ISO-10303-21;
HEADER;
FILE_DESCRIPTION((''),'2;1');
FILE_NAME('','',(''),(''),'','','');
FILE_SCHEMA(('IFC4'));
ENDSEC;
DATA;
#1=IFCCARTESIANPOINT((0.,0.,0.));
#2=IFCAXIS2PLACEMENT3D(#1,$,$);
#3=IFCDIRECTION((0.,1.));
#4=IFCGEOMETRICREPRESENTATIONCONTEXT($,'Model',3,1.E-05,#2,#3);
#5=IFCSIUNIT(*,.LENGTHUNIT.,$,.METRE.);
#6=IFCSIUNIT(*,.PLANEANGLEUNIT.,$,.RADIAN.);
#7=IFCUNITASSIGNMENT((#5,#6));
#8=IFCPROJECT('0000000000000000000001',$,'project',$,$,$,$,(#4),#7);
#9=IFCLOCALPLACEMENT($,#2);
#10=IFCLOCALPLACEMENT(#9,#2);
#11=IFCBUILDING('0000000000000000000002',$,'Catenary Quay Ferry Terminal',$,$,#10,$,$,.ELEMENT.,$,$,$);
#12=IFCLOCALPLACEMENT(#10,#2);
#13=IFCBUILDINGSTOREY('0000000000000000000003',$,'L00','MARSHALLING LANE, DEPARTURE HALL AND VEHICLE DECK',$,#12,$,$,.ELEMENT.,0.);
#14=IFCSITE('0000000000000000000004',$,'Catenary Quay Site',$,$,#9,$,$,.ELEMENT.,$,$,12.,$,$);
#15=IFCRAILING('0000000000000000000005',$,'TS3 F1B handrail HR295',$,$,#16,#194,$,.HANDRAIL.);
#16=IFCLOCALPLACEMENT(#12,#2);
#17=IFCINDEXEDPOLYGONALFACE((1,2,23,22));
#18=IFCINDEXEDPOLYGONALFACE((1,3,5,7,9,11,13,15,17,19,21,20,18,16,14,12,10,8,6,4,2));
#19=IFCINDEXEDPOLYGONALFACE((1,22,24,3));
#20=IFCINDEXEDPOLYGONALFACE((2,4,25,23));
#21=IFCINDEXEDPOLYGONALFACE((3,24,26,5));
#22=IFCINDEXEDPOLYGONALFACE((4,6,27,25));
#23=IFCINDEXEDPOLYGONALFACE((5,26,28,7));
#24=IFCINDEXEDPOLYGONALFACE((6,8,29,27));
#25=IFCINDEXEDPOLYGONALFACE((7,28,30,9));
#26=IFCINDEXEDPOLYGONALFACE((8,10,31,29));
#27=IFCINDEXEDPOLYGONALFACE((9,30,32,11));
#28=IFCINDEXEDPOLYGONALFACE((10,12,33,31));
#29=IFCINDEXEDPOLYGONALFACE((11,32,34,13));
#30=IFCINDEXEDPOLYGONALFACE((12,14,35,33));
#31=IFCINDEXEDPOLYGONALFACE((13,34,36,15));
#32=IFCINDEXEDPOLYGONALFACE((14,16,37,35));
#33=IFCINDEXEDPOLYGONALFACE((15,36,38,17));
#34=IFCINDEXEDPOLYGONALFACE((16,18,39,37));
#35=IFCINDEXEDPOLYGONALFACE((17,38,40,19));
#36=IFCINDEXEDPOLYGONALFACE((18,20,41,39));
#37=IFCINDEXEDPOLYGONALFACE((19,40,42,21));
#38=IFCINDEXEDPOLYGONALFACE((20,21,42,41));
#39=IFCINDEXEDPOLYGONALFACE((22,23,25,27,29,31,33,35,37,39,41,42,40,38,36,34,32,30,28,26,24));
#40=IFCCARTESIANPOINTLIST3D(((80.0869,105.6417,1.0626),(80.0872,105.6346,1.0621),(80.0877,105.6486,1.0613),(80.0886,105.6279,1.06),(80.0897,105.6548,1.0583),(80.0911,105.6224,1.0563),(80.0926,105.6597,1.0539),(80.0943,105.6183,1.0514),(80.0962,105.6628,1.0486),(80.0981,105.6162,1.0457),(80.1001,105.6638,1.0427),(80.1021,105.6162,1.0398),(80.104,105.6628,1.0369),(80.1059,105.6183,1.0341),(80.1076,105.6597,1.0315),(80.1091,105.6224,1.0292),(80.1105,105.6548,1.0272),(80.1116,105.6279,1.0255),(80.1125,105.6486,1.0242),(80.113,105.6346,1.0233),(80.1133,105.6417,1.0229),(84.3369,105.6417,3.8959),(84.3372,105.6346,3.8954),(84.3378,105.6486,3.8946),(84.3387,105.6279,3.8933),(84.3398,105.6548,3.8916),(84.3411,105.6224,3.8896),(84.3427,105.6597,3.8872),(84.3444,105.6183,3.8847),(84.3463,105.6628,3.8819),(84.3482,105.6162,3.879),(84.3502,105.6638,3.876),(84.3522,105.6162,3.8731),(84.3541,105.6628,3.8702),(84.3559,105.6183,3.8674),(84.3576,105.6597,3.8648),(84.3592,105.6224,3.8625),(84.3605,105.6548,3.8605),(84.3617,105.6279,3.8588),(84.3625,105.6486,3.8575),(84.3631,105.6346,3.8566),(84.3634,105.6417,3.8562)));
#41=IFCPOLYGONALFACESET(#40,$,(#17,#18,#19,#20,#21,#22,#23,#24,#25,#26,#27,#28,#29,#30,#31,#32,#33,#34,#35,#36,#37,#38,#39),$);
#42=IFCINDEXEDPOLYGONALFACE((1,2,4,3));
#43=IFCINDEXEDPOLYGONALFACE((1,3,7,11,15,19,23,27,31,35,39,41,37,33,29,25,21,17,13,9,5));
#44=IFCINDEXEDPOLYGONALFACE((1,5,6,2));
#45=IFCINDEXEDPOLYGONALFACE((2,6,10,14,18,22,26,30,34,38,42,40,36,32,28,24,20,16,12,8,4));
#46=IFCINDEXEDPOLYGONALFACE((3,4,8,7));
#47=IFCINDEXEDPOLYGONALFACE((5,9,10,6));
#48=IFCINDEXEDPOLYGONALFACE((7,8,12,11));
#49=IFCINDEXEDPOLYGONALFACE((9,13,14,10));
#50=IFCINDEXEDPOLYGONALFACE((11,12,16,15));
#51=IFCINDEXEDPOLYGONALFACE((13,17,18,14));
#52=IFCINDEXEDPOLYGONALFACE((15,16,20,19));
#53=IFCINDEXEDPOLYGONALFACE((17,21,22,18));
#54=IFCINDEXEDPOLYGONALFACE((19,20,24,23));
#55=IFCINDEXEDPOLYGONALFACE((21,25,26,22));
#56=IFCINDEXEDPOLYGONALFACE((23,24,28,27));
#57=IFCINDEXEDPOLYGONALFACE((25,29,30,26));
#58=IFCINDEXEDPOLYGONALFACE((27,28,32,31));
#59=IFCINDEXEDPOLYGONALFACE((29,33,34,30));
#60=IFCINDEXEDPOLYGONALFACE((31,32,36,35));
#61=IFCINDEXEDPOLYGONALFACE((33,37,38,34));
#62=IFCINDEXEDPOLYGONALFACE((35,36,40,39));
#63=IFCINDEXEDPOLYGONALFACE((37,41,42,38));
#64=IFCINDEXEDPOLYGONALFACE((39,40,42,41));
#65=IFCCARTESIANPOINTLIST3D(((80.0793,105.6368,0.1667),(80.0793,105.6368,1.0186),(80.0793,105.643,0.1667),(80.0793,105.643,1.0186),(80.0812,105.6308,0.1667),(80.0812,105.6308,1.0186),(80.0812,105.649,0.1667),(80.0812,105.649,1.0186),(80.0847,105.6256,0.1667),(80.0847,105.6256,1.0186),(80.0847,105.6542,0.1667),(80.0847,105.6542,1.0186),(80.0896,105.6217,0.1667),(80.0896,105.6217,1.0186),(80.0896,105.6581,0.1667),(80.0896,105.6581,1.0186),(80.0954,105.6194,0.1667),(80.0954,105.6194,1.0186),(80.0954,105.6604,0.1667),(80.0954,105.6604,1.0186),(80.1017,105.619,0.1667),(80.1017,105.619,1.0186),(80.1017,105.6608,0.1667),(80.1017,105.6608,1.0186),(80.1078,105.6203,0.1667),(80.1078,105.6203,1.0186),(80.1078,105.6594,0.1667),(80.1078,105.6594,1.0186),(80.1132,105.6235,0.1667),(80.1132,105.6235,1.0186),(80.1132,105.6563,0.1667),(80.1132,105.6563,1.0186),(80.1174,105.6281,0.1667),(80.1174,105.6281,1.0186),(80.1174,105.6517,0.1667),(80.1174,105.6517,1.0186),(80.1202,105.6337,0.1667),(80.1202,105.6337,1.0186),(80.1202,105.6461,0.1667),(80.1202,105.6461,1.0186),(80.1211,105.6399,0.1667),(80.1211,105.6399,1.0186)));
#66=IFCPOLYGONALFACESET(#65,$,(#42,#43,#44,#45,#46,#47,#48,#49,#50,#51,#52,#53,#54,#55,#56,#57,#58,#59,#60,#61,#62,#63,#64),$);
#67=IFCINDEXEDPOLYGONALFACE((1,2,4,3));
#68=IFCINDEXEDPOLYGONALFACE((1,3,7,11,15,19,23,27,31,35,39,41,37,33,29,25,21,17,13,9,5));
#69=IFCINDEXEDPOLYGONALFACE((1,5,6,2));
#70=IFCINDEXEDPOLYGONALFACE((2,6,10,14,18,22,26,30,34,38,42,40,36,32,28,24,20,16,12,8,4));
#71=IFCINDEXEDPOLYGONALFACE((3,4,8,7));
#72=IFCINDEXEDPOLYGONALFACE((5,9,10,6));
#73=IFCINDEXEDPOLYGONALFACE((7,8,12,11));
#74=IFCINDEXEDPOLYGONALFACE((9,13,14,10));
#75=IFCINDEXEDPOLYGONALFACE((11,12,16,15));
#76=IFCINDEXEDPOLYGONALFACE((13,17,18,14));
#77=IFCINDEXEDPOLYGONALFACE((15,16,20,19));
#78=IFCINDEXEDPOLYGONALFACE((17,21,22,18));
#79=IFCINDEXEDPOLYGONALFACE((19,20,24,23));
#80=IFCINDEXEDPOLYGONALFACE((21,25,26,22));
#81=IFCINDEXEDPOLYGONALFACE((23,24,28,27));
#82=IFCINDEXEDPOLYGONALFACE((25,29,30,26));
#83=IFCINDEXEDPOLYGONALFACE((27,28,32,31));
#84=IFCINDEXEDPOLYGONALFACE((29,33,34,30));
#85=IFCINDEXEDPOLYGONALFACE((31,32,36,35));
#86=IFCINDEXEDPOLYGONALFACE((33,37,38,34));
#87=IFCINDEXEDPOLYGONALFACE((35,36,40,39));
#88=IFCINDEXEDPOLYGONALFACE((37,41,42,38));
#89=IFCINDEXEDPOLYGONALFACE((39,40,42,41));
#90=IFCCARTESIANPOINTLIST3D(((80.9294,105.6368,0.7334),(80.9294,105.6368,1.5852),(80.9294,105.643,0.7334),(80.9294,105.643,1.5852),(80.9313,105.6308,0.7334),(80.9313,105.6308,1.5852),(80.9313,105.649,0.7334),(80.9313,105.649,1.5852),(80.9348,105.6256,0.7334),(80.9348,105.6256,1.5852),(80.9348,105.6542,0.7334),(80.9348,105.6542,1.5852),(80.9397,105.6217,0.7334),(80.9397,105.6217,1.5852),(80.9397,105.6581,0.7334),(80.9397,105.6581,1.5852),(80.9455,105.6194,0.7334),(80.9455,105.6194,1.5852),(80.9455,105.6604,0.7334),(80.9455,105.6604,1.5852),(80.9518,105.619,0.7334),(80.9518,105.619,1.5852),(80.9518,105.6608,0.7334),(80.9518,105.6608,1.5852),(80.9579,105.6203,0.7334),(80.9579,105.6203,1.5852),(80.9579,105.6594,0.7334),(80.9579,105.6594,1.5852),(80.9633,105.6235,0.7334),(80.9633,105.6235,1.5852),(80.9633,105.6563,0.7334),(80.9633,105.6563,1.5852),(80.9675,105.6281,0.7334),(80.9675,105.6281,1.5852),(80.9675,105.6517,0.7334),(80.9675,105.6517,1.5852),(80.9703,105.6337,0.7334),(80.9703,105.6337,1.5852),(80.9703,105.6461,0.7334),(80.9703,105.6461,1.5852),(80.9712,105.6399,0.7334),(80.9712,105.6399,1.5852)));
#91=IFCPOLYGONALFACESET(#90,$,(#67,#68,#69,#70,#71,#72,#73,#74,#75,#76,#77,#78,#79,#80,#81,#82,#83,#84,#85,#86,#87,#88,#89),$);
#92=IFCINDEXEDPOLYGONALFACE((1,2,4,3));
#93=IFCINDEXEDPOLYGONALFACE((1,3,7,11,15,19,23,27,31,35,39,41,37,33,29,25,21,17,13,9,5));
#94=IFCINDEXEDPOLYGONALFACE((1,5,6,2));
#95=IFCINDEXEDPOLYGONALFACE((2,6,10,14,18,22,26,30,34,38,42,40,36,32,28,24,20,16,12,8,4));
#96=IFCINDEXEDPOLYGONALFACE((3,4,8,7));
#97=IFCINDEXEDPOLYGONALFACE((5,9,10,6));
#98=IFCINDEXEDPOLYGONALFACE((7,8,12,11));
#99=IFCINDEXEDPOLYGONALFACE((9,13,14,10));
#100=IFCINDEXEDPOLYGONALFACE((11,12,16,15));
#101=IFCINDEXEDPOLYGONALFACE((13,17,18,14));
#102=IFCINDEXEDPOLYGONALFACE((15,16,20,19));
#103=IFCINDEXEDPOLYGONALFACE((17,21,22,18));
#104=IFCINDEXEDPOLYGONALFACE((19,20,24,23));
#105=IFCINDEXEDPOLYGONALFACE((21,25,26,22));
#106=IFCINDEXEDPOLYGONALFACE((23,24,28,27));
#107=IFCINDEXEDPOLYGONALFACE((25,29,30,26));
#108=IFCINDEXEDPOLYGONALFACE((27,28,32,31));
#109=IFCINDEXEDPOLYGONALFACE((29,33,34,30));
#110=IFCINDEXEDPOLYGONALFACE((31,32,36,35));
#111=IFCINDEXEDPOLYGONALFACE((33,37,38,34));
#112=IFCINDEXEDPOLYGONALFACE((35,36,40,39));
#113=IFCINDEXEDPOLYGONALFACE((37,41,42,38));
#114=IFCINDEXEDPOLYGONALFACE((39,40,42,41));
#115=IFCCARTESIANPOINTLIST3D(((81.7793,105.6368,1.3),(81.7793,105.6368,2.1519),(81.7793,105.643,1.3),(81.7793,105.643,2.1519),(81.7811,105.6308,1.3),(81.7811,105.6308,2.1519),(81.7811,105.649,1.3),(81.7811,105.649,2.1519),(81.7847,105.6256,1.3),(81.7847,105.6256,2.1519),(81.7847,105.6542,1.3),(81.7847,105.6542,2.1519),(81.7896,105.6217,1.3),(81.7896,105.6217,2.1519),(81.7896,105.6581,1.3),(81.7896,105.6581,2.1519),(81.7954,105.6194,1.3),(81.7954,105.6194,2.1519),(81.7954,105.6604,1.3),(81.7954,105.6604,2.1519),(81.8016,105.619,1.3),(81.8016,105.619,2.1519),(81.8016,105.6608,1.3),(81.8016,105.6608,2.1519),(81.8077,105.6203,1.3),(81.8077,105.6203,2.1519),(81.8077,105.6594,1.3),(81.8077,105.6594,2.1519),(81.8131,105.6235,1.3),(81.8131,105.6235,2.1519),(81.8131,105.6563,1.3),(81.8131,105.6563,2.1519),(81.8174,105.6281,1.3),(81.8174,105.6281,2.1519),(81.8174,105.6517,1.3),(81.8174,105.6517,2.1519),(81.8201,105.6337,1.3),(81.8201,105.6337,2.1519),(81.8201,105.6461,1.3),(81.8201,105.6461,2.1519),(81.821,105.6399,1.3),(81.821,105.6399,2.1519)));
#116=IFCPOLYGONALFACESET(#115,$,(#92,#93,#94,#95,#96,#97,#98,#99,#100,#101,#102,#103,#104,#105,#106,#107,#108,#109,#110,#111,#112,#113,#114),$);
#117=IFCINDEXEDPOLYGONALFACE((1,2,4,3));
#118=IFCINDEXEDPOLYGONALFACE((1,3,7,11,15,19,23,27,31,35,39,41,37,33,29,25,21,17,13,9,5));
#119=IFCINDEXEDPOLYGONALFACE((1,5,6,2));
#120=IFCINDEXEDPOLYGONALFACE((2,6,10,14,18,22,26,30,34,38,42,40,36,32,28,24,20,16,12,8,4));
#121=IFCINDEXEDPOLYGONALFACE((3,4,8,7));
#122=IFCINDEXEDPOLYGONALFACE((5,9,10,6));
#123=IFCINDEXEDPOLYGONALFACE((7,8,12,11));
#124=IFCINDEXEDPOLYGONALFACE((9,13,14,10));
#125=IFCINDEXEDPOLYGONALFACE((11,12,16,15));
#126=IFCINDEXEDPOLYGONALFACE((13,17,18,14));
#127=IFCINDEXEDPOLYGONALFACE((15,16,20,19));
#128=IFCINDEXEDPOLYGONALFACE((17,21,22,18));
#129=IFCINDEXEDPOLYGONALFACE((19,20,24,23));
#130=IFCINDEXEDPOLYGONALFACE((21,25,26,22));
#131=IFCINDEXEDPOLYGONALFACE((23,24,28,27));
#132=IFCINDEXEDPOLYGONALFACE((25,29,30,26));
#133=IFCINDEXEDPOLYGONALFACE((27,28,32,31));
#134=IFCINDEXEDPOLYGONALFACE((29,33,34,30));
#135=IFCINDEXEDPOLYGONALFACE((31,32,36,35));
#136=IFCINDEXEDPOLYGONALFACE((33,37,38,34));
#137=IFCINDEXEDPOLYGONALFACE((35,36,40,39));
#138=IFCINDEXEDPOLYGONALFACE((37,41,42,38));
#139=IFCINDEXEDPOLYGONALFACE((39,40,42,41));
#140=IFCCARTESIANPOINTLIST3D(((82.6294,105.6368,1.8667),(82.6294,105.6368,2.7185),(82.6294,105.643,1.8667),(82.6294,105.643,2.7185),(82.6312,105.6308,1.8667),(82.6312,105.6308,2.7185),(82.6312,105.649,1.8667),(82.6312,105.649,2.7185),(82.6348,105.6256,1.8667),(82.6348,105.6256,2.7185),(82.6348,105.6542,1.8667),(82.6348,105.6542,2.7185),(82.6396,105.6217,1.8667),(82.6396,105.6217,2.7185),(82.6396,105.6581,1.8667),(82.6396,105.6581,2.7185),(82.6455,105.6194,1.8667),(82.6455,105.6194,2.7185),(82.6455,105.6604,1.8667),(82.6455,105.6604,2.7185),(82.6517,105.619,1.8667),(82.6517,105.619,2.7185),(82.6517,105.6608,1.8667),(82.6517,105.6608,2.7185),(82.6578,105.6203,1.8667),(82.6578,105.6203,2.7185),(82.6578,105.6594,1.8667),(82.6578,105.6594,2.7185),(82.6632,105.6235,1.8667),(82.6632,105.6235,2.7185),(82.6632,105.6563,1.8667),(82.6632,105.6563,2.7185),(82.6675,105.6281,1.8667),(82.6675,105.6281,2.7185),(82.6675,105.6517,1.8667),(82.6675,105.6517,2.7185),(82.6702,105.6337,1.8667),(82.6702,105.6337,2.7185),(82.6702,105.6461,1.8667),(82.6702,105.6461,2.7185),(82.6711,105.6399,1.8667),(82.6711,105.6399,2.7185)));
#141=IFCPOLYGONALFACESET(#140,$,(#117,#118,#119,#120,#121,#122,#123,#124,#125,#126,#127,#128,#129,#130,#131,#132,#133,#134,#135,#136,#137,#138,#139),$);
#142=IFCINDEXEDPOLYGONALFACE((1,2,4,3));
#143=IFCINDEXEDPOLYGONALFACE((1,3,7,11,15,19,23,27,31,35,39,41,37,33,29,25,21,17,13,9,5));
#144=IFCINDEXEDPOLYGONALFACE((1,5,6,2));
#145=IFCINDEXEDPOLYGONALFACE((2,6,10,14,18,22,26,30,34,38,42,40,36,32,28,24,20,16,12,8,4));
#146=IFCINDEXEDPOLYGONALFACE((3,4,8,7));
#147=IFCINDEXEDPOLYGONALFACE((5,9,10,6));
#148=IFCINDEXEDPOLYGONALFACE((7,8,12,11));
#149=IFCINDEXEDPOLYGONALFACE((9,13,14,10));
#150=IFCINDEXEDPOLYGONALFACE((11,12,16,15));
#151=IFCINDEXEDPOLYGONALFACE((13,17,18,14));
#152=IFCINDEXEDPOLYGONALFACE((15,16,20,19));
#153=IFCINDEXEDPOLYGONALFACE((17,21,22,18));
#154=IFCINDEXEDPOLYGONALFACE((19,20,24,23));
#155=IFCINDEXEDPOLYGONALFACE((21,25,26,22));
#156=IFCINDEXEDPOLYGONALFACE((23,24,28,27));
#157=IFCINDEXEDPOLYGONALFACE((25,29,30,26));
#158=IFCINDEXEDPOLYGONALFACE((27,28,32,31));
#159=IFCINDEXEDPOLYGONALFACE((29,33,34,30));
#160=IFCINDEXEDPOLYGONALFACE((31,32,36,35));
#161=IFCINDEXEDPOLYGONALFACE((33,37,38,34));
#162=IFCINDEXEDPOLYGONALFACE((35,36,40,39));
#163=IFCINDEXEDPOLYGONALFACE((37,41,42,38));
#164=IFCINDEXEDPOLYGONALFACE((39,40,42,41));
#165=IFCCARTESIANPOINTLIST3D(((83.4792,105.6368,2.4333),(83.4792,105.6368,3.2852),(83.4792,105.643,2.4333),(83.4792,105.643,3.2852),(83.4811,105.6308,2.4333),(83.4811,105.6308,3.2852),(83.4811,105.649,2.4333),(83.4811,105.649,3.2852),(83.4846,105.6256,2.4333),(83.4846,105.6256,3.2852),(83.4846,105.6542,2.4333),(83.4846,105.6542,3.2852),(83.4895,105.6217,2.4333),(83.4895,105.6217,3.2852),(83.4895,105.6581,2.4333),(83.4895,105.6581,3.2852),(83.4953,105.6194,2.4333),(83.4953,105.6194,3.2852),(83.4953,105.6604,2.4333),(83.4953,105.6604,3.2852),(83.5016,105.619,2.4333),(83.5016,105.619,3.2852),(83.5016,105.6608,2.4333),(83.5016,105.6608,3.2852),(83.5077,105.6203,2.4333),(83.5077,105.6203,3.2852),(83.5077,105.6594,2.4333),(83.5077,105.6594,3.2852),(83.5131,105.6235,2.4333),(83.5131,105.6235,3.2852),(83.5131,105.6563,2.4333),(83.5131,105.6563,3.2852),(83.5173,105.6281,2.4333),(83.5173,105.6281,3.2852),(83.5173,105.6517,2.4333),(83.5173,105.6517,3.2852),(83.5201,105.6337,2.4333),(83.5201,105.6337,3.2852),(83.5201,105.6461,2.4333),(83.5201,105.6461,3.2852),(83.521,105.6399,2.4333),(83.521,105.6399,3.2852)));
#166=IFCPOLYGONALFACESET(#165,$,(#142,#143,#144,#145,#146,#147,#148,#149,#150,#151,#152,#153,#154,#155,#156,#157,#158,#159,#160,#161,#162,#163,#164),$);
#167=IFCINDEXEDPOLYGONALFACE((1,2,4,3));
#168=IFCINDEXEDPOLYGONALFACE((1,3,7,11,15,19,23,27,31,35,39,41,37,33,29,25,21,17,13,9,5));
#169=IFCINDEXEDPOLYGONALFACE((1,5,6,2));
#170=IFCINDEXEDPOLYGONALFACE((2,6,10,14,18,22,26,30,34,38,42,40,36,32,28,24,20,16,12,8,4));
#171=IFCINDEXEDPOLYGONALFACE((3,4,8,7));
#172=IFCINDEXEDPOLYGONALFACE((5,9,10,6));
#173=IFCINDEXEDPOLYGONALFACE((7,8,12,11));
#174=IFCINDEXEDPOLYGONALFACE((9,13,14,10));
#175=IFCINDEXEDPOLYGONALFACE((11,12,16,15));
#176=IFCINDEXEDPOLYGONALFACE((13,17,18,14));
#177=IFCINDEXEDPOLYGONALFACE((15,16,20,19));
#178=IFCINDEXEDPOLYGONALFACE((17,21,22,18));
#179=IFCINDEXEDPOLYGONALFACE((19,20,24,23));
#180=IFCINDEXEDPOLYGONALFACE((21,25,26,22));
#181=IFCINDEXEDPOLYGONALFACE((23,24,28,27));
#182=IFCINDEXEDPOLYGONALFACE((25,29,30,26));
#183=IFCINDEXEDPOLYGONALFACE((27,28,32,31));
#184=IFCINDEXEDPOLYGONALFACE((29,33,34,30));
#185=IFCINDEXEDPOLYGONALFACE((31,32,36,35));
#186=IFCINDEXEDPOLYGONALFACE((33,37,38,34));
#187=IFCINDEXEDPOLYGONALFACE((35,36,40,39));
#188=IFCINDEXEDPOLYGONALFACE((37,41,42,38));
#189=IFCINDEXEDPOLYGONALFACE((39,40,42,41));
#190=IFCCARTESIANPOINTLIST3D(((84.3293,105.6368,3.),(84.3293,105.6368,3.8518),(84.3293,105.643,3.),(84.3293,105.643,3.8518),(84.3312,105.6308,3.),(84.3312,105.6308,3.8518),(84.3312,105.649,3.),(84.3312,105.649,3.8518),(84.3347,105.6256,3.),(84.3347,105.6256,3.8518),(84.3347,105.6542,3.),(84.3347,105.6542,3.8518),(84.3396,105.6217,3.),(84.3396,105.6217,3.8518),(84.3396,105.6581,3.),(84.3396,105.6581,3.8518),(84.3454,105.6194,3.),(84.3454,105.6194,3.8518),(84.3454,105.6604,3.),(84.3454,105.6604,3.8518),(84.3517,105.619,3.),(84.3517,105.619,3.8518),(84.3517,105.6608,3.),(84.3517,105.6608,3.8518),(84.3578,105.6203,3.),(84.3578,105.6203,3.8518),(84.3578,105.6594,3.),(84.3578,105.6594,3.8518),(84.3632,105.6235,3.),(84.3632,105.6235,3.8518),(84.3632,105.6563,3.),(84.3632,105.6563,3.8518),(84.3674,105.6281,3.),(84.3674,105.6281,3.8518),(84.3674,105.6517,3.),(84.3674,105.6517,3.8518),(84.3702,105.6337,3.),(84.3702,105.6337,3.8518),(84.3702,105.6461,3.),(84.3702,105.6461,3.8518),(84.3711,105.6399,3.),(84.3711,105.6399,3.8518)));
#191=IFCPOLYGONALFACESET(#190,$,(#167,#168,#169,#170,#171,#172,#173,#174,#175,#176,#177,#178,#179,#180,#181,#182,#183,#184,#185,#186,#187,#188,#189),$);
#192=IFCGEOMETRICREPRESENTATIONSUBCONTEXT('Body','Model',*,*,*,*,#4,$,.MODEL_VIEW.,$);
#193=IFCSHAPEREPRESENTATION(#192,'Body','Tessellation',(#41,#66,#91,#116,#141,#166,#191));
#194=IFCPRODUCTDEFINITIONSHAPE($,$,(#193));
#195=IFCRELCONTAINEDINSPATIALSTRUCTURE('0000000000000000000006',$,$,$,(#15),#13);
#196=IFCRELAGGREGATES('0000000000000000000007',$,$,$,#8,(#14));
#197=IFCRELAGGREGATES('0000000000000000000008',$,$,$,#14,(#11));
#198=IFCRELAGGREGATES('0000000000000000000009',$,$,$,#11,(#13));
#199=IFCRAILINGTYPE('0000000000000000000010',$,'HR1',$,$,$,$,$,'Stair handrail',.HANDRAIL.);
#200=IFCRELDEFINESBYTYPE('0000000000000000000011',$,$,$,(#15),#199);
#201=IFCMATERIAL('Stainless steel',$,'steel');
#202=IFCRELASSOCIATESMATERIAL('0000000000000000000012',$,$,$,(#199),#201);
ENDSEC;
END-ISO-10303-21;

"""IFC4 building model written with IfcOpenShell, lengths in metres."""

from ifc_helpers import new_model, si_unit, direction, frame, origin, origin_2d, place, context, subcontext, project, spatial, circle, extrude, material, type_object, element, save


model = new_model("IFC4")

# Units and contexts
model_context = context("Model", 3, precision=1e-05, world=origin(), true_north=direction((0.0, 1.0)))
body_context = subcontext(model_context, "Body", "Model", "MODEL_VIEW")
ifc_project = project(units=[si_unit("LENGTHUNIT", "METRE"), si_unit("PLANEANGLEUNIT", "RADIAN")], contexts=[model_context])

# Site, building, storey
site_placement = place(None, origin())
site = spatial("IfcSite", under=ifc_project, at=site_placement, Name="Catenary Quay Site", CompositionType="ELEMENT", RefElevation=12.0)
building_placement = place(site_placement, origin())
building = spatial("IfcBuilding", under=site, at=building_placement, Name="Catenary Quay Ferry Terminal", CompositionType="ELEMENT")
storey_placement = place(building_placement, origin())
storey = spatial("IfcBuildingStorey", under=building, at=storey_placement, Name="L00", Description="MARSHALLING LANE, DEPARTURE HALL AND VEHICLE DECK", CompositionType="ELEMENT", Elevation=0.0)

# Railing
ifc_material_1 = material(Name="Stainless steel", Category="steel")
railing_type_1 = type_object("IfcRailingType", Name="HR1", ElementType="Stair handrail", PredefinedType="HANDRAIL", material=ifc_material_1)
for number, where, name in (
    (1, (80.1001, 105.6399, 0.1667), "TS3 F1B handrail HR295"),
):
    element("IfcRailing", number, at=place(storey_placement, frame(where)), inside=storey, type_object=railing_type_1, Name=name, PredefinedType="HANDRAIL", context=body_context, shape_type="SweptSolid", body=[
        extrude(circle(Radius=0.0239, at=origin_2d()), frame((0.0, 0.0, 0.876), z_axis=(0.832058, 0.0, 0.554689), x_axis=(0.0, 1.0, 0.0)), (0.0, 0.0, 1.0), 5.1079),
        extrude(circle(Radius=0.021, at=origin_2d()), origin(), (0.0, 0.0, 1.0), 0.8518),
        extrude(circle(Radius=0.021, at=origin_2d()), frame((0.8501, 0.0, 0.5667)), (0.0, 0.0, 1.0), 0.8518),
        extrude(circle(Radius=0.021, at=origin_2d()), frame((1.7, 0.0, 1.1333)), (0.0, 0.0, 1.0), 0.8518),
        extrude(circle(Radius=0.021, at=origin_2d()), frame((2.55, 0.0, 1.7)), (0.0, 0.0, 1.0), 0.8518),
        extrude(circle(Radius=0.021, at=origin_2d()), frame((3.3999, 0.0, 2.2666)), (0.0, 0.0, 1.0), 0.8518),
        extrude(circle(Radius=0.021, at=origin_2d()), frame((4.25, 0.0, 2.8333)), (0.0, 0.0, 1.0), 0.8518),
    ])

save(model, "model.ifc")
